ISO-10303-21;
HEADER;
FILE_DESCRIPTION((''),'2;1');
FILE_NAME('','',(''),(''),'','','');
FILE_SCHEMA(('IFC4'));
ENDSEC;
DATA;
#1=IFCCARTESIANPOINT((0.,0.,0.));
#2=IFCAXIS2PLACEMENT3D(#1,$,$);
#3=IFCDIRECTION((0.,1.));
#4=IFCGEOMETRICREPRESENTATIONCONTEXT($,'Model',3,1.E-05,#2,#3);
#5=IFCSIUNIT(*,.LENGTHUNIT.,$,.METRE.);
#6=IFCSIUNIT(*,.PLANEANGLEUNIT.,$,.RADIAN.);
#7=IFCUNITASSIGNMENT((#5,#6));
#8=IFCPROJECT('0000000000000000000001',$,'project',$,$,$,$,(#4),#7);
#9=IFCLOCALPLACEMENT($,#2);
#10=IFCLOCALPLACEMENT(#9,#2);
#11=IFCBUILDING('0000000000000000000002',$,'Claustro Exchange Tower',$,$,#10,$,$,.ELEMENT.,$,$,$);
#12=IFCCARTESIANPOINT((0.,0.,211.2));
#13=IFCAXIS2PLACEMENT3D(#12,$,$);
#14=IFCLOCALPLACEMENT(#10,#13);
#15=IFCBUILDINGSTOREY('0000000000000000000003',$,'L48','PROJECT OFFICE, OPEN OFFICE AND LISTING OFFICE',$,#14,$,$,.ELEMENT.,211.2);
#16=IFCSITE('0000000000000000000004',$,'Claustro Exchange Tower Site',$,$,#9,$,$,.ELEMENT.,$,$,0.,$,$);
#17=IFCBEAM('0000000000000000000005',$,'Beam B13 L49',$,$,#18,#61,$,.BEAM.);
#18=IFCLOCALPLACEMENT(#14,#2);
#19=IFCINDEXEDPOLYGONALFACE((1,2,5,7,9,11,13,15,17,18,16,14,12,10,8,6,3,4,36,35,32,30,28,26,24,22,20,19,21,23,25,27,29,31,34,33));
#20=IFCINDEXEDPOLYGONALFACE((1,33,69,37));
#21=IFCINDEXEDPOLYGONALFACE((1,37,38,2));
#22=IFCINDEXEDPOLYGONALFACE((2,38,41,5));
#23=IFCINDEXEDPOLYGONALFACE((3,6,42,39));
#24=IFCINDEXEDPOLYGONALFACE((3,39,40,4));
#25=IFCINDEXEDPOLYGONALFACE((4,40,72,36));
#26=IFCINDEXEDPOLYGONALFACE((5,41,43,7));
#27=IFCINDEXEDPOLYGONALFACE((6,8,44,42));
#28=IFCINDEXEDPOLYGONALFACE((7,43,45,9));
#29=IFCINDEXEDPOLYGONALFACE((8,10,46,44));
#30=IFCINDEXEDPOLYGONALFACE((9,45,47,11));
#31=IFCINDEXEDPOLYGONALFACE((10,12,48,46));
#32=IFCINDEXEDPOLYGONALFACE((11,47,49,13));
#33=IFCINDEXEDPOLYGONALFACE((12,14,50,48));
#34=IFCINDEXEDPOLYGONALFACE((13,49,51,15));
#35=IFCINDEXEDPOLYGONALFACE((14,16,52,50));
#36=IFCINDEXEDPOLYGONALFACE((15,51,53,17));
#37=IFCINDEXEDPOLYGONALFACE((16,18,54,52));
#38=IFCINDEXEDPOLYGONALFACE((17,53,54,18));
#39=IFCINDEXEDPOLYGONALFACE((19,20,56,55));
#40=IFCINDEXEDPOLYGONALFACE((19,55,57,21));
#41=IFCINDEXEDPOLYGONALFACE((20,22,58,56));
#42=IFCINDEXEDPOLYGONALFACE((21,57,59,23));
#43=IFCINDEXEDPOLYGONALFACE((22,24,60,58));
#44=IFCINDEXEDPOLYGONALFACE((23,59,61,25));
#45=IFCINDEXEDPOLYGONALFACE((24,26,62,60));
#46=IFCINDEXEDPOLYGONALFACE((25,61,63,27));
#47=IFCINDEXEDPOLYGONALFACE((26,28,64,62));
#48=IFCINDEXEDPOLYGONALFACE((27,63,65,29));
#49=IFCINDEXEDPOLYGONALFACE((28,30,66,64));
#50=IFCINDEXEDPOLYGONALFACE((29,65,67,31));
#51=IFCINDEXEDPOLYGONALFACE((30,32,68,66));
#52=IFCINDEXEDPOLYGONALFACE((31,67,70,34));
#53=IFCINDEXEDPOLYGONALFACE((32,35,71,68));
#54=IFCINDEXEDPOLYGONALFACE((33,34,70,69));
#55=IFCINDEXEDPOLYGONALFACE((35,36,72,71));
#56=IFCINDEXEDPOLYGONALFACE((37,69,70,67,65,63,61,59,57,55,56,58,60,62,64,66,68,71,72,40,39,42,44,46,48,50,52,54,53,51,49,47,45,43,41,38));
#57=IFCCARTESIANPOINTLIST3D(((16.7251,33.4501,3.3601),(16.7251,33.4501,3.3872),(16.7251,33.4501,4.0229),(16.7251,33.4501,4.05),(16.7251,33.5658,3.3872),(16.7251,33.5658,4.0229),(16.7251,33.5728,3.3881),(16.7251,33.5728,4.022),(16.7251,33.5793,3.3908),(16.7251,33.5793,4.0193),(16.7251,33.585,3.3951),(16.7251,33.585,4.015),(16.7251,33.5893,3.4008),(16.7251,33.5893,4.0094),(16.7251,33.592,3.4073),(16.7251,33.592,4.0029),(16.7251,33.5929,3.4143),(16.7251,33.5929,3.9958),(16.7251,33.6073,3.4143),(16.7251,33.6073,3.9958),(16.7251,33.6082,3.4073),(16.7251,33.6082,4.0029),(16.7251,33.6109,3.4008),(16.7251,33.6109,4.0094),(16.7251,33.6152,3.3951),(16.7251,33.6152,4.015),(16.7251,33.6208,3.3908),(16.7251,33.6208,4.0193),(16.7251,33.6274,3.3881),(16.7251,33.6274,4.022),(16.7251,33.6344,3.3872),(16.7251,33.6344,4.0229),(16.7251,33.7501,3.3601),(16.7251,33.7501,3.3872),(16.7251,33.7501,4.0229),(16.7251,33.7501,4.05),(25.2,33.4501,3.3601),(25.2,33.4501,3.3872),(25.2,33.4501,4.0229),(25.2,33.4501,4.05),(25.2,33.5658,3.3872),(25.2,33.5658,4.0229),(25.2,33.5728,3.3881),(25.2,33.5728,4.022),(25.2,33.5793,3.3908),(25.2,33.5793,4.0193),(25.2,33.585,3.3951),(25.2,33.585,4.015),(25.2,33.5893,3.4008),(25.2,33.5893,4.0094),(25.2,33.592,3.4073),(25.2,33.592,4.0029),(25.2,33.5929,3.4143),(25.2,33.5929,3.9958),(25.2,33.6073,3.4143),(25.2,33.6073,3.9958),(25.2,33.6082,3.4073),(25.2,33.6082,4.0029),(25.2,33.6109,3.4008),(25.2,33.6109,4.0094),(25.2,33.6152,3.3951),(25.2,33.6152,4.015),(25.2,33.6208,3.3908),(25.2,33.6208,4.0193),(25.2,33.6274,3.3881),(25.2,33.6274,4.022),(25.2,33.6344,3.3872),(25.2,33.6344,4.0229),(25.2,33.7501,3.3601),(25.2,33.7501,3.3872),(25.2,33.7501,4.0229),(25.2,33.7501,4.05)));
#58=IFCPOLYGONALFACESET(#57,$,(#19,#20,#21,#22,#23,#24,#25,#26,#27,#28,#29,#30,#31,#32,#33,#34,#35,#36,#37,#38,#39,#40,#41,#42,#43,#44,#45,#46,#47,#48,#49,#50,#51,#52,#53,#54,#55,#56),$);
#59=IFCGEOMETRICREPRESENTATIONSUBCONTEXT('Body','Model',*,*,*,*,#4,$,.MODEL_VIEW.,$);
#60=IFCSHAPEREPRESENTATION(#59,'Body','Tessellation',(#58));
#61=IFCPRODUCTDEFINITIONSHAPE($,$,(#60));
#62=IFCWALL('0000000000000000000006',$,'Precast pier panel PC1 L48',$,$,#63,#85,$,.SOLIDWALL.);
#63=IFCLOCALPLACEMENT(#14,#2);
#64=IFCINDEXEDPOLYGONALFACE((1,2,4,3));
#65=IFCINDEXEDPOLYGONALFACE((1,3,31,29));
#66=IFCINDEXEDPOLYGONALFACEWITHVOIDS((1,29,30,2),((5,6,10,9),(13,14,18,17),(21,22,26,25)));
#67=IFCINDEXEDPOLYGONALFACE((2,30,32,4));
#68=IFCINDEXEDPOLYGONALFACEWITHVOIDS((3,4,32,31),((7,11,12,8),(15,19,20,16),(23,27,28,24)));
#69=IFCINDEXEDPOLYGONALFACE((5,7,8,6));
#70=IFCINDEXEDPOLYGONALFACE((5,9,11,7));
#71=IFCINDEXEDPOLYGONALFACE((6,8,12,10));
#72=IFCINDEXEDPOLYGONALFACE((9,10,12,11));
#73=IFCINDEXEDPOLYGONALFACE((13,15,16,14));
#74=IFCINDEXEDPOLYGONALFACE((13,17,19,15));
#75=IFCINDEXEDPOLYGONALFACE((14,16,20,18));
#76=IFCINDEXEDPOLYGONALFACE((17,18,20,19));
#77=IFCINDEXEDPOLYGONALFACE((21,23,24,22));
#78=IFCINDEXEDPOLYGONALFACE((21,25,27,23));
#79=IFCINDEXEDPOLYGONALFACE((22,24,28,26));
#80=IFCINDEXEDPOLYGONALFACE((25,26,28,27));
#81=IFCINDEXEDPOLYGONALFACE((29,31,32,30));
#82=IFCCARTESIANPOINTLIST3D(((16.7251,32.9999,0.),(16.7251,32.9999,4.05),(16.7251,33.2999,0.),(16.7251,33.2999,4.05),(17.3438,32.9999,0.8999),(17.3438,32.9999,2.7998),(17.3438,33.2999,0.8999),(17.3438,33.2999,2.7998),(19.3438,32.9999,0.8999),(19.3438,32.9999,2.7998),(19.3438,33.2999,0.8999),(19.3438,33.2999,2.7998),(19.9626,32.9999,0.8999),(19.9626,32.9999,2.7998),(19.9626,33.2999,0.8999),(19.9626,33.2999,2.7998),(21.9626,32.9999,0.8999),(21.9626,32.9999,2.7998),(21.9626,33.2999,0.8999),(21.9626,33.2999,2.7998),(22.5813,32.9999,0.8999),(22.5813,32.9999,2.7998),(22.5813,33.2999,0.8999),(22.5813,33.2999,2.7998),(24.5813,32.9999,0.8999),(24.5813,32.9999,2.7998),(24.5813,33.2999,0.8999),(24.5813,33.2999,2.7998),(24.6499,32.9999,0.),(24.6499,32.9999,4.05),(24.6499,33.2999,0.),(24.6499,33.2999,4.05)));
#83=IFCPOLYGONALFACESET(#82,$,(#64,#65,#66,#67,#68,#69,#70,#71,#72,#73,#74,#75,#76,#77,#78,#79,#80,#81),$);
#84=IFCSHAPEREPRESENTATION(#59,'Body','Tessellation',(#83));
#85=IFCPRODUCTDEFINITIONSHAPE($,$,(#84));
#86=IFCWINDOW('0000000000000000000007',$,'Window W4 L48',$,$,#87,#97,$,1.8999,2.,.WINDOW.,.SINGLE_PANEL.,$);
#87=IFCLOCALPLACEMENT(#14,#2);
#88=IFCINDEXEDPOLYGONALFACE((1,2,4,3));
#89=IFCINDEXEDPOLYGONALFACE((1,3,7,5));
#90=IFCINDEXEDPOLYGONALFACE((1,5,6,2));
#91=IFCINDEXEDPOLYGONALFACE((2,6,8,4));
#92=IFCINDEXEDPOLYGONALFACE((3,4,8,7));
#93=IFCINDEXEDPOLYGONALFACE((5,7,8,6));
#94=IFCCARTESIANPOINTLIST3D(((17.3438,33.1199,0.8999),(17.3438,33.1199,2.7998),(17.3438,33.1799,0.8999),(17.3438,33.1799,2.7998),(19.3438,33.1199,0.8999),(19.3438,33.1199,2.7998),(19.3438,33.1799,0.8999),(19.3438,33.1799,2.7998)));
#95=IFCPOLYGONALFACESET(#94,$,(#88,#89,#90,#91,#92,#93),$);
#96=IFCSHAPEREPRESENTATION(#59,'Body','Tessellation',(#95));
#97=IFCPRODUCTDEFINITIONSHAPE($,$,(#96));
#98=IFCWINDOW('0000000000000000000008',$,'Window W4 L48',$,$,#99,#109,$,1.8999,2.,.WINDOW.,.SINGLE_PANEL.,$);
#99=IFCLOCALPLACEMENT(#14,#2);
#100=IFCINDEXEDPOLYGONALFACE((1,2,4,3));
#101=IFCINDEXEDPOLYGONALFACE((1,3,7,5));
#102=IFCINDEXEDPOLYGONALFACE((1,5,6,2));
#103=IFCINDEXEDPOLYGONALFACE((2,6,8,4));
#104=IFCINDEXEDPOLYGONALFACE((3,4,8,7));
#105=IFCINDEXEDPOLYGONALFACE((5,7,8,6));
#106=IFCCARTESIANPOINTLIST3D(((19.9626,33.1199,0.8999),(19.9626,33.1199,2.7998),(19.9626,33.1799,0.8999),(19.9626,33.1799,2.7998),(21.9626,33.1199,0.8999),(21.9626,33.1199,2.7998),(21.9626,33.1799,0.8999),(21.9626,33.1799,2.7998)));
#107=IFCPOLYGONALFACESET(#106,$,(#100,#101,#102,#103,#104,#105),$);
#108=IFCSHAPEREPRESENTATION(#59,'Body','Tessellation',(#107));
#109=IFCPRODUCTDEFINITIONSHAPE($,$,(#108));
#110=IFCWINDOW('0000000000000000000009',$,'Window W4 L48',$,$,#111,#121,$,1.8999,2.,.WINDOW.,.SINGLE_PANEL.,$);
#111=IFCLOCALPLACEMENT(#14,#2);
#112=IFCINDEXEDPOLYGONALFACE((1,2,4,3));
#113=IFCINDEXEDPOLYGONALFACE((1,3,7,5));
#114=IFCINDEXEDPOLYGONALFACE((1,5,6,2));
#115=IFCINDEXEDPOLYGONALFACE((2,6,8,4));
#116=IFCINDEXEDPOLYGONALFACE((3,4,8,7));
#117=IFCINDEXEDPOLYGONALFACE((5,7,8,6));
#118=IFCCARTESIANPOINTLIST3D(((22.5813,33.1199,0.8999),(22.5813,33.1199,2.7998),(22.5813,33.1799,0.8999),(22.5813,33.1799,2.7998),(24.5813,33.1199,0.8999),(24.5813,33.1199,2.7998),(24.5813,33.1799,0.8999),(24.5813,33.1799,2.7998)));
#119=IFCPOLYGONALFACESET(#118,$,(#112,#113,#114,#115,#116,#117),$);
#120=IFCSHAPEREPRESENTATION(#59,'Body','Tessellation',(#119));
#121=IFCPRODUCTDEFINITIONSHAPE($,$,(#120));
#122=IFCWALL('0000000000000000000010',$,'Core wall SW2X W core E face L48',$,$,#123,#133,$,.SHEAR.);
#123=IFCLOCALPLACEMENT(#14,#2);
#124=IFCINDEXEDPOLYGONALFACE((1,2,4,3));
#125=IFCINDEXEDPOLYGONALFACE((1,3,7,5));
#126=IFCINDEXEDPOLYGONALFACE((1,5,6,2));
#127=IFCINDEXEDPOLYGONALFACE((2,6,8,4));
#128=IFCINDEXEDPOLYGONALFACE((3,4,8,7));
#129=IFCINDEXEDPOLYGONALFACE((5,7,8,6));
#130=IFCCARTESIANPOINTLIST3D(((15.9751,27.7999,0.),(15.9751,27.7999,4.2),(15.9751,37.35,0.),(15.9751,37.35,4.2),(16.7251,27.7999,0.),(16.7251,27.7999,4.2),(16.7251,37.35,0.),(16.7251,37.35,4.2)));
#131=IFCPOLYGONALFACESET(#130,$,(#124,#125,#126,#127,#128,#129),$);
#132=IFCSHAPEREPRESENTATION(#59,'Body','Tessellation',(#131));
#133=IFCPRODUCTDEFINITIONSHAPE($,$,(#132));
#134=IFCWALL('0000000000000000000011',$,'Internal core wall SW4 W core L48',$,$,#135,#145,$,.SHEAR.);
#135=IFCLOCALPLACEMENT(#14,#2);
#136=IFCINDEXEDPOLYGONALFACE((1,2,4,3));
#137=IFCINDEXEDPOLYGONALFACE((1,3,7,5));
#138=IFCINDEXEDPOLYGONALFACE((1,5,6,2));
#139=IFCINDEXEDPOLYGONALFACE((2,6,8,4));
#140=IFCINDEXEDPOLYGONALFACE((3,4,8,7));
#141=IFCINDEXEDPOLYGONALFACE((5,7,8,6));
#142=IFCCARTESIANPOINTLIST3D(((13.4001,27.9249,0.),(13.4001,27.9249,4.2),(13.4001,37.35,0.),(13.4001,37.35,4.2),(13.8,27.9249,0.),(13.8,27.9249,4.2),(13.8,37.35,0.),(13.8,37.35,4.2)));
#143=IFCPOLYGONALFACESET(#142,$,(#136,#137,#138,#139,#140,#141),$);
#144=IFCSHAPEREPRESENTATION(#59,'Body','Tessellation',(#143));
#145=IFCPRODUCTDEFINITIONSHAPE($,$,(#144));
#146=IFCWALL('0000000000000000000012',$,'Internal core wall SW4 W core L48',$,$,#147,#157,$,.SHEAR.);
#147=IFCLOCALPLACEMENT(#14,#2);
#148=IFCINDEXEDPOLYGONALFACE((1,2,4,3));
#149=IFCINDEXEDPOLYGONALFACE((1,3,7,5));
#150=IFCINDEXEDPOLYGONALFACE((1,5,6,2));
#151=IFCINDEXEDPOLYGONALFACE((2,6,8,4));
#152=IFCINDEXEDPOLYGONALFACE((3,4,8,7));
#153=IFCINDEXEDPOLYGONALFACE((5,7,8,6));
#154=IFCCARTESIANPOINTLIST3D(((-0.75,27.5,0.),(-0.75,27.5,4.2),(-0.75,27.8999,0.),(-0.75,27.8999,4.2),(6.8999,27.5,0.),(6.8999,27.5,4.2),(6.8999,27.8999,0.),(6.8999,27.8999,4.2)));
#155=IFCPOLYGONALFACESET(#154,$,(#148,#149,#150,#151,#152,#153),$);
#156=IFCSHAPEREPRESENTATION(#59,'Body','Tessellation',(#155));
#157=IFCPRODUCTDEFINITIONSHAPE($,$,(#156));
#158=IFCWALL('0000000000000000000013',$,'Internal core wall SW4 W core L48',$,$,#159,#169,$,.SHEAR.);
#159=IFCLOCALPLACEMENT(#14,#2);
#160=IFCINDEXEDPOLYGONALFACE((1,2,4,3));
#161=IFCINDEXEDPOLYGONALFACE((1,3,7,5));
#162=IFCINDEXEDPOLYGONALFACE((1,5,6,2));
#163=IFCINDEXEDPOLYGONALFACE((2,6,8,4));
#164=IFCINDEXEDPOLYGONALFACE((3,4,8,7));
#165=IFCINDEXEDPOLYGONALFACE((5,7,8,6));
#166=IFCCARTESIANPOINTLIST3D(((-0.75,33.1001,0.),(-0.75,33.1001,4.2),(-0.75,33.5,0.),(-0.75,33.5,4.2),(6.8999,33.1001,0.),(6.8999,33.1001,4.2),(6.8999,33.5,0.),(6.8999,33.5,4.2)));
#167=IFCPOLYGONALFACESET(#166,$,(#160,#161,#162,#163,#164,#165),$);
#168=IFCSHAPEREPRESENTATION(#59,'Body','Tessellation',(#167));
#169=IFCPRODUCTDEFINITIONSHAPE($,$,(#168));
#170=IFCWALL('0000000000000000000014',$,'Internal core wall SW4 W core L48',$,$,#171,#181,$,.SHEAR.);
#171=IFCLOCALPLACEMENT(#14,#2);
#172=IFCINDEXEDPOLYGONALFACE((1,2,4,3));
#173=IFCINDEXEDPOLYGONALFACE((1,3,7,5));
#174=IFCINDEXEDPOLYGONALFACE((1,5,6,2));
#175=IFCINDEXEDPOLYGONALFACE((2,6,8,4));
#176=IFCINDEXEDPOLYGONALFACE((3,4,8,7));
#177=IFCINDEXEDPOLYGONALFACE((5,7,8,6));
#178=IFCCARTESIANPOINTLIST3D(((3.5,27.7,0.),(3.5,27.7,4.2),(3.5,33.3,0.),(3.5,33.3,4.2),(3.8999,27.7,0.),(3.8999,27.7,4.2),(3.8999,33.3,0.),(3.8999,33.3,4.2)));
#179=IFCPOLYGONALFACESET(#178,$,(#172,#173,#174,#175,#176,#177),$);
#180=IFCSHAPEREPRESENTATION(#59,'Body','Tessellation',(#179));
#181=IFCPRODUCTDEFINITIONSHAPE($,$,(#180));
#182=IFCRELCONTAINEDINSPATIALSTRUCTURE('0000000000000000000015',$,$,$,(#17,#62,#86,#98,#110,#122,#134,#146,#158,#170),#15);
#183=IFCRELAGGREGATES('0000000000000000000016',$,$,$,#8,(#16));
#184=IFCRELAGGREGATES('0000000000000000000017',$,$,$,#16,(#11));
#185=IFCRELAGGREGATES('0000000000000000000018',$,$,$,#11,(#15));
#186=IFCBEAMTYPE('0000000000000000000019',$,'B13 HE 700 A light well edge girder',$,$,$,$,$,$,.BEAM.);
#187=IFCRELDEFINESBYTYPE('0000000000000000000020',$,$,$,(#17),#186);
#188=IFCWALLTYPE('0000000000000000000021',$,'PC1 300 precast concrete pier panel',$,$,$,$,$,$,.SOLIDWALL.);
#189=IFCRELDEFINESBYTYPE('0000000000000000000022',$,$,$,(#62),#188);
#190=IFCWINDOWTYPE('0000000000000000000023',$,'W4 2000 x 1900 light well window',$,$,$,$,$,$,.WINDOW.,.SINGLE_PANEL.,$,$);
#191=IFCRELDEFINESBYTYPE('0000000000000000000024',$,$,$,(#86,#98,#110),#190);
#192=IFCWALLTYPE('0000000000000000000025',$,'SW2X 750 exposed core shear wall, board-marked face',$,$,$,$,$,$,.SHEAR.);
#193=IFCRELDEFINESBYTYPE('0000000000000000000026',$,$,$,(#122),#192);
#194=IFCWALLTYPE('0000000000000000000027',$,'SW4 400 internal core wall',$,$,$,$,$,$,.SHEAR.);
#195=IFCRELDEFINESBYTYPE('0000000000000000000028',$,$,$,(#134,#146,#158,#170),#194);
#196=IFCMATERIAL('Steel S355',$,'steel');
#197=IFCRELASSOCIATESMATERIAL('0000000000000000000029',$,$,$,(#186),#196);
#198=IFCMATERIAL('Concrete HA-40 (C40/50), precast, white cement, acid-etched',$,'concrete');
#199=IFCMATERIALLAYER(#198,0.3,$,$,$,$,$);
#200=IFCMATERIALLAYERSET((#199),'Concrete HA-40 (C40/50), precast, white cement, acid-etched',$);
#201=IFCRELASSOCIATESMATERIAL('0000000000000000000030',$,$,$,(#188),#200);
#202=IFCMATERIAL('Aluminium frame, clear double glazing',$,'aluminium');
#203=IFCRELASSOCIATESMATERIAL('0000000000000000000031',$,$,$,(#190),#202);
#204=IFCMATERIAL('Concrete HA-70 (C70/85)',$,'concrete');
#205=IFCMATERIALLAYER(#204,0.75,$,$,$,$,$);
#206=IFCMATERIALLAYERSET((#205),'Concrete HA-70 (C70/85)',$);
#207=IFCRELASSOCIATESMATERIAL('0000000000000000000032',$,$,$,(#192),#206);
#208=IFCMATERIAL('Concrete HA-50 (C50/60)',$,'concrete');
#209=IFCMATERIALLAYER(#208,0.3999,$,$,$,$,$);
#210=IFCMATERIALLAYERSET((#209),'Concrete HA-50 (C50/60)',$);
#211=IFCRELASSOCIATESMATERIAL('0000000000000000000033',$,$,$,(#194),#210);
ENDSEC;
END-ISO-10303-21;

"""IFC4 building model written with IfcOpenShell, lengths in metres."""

from ifc_helpers import new_model, si_unit, direction, frame, frame_2d, origin, origin_2d, place, context, subcontext, project, spatial, rectangle, i_section, extrude, material, layer, layer_set, material_profile, profile_set, type_object, element, fill, save


model = new_model("IFC4")

# Units and contexts
model_context = context("Model", 3, precision=1e-05, world=origin(), true_north=direction((0.0, 1.0)))
body_context = subcontext(model_context, "Body", "Model", "MODEL_VIEW")
ifc_project = project(units=[si_unit("LENGTHUNIT", "METRE"), si_unit("PLANEANGLEUNIT", "RADIAN")], contexts=[model_context])

# Site, building, storey
site_placement = place(None, origin())
site = spatial("IfcSite", under=ifc_project, at=site_placement, Name="Claustro Exchange Tower Site", CompositionType="ELEMENT", RefElevation=0.0)
building_placement = place(site_placement, origin())
building = spatial("IfcBuilding", under=site, at=building_placement, Name="Claustro Exchange Tower", CompositionType="ELEMENT")
storey_placement = place(building_placement, frame((0.0, 0.0, 211.2)))
storey = spatial("IfcBuildingStorey", under=building, at=storey_placement, Name="L48", Description="PROJECT OFFICE, OPEN OFFICE AND LISTING OFFICE", CompositionType="ELEMENT", Elevation=211.2)

# Beam
ifc_material_1 = material(Name="Steel S355", Category="steel")
ifc_material_profile = material_profile(ifc_material_1, i_section(OverallWidth=0.3, OverallDepth=0.6899, WebThickness=0.0144, FlangeThickness=0.0271, FilletRadius=0.0271, at=origin_2d()), Name="HE 700 A")
ifc_profile_set = profile_set([ifc_material_profile], Name="Steel S355")
beam_type = type_object("IfcBeamType", Name="B13 HE 700 A light well edge girder", PredefinedType="BEAM", material=ifc_profile_set)
beam_placement = place(storey_placement, frame((16.7251, 33.6001, 3.7051), z_axis=(1.0, 0.0, 0.0), x_axis=(0.0, 1.0, 0.0)))
element("IfcBeam", 1, at=beam_placement, inside=storey, type_object=beam_type, Name="Beam B13 L49", PredefinedType="BEAM", context=body_context, shape_type="SweptSolid", body=[
    extrude(i_section(OverallWidth=0.3, OverallDepth=0.6899, WebThickness=0.0144, FlangeThickness=0.0271, FilletRadius=0.0271, at=origin_2d()), origin(), (0.0, 0.0, 1.0), 8.4749),
])

# Wall, openings, windows
ifc_material_2 = material(Name="Concrete HA-40 (C40/50), precast, white cement, acid-etched", Category="concrete")
ifc_layer_1 = layer(ifc_material_2, 0.3)
ifc_layer_set_1 = layer_set([ifc_layer_1], Name="Concrete HA-40 (C40/50), precast, white cement, acid-etched")
wall_type_1 = type_object("IfcWallType", Name="PC1 300 precast concrete pier panel", PredefinedType="SOLIDWALL", material=ifc_layer_set_1)
wall_1_placement = place(storey_placement, frame((16.7251, 33.1499, 0.0), z_axis=(0.0, 0.0, 1.0), x_axis=(1.0, 0.0, 0.0)))
wall_1 = element("IfcWall", 2, at=wall_1_placement, inside=storey, type_object=wall_type_1, Name="Precast pier panel PC1 L48", PredefinedType="SOLIDWALL", context=body_context, shape_type="SweptSolid", body=[
    extrude(rectangle(XDim=7.9248, YDim=0.3, at=frame_2d((3.9624, 0.0))), origin(), (0.0, 0.0, 1.0), 4.05),
])
opening_1_placement = place(wall_1_placement, frame((0.6187, 0.0, 0.8999)))
opening_1 = element("IfcOpeningElement", 3, at=opening_1_placement, cuts=wall_1, PredefinedType="OPENING", context=body_context, shape_type="SweptSolid", body=[
    extrude(rectangle(XDim=2.0, YDim=1.8999, at=frame_2d((1.0, 0.95))), frame((0.0, 0.1599, 0.0), z_axis=(0.0, -1.0, 0.0), x_axis=(1.0, 0.0, 0.0)), (0.0, 0.0, 1.0), 0.3201),
])
opening_2_placement = place(wall_1_placement, frame((3.2375, 0.0, 0.8999)))
opening_2 = element("IfcOpeningElement", 4, at=opening_2_placement, cuts=wall_1, PredefinedType="OPENING", context=body_context, shape_type="SweptSolid", body=[
    extrude(rectangle(XDim=2.0, YDim=1.8999, at=frame_2d((1.0, 0.95))), frame((0.0, 0.1599, 0.0), z_axis=(0.0, -1.0, 0.0), x_axis=(1.0, 0.0, 0.0)), (0.0, 0.0, 1.0), 0.3201),
])
opening_3_placement = place(wall_1_placement, frame((5.8562, 0.0, 0.8999)))
opening_3 = element("IfcOpeningElement", 5, at=opening_3_placement, cuts=wall_1, PredefinedType="OPENING", context=body_context, shape_type="SweptSolid", body=[
    extrude(rectangle(XDim=2.0, YDim=1.8999, at=frame_2d((1.0, 0.95))), frame((0.0, 0.1599, 0.0), z_axis=(0.0, -1.0, 0.0), x_axis=(1.0, 0.0, 0.0)), (0.0, 0.0, 1.0), 0.3201),
])
ifc_material_3 = material(Name="Aluminium frame, clear double glazing", Category="aluminium")
window_type = type_object("IfcWindowType", Name="W4 2000 x 1900 light well window", PartitioningType="SINGLE_PANEL", PredefinedType="WINDOW", material=ifc_material_3)
window_1_placement = place(opening_1_placement, origin())
window_1 = element("IfcWindow", 6, at=window_1_placement, inside=storey, type_object=window_type, Name="Window W4 L48", OverallHeight=1.8999, OverallWidth=2.0, PartitioningType="SINGLE_PANEL", PredefinedType="WINDOW", context=body_context, shape_type="SweptSolid", body=[
    extrude(rectangle(XDim=2.0, YDim=1.8999, at=frame_2d((1.0, 0.95))), frame((0.0, 0.03, 0.0), z_axis=(0.0, -1.0, 0.0), x_axis=(1.0, 0.0, 0.0)), (0.0, 0.0, 1.0), 0.0601),
])
fill(opening_1, window_1)
window_2_placement = place(opening_2_placement, origin())
window_2 = element("IfcWindow", 7, at=window_2_placement, inside=storey, type_object=window_type, Name="Window W4 L48", OverallHeight=1.8999, OverallWidth=2.0, PartitioningType="SINGLE_PANEL", PredefinedType="WINDOW", context=body_context, shape_type="SweptSolid", body=[
    extrude(rectangle(XDim=2.0, YDim=1.8999, at=frame_2d((1.0, 0.95))), frame((0.0, 0.03, 0.0), z_axis=(0.0, -1.0, 0.0), x_axis=(1.0, 0.0, 0.0)), (0.0, 0.0, 1.0), 0.0601),
])
fill(opening_2, window_2)
window_3_placement = place(opening_3_placement, origin())
window_3 = element("IfcWindow", 8, at=window_3_placement, inside=storey, type_object=window_type, Name="Window W4 L48", OverallHeight=1.8999, OverallWidth=2.0, PartitioningType="SINGLE_PANEL", PredefinedType="WINDOW", context=body_context, shape_type="SweptSolid", body=[
    extrude(rectangle(XDim=2.0, YDim=1.8999, at=frame_2d((1.0, 0.95))), frame((0.0, 0.03, 0.0), z_axis=(0.0, -1.0, 0.0), x_axis=(1.0, 0.0, 0.0)), (0.0, 0.0, 1.0), 0.0601),
])
fill(opening_3, window_3)

# Walls
ifc_material_4 = material(Name="Concrete HA-70 (C70/85)", Category="concrete")
ifc_layer_2 = layer(ifc_material_4, 0.75)
ifc_layer_set_2 = layer_set([ifc_layer_2], Name="Concrete HA-70 (C70/85)")
wall_type_2 = type_object("IfcWallType", Name="SW2X 750 exposed core shear wall, board-marked face", PredefinedType="SHEAR", material=ifc_layer_set_2)
wall_2_placement = place(storey_placement, frame((16.3501, 27.8, 0.0), z_axis=(0.0, 0.0, 1.0), x_axis=(0.0, 1.0, 0.0)))
element("IfcWall", 9, at=wall_2_placement, inside=storey, type_object=wall_type_2, Name="Core wall SW2X W core E face L48", PredefinedType="SHEAR", context=body_context, shape_type="SweptSolid", body=[
    extrude(rectangle(XDim=9.55, YDim=0.75, at=frame_2d((4.7749, 0.0))), origin(), (0.0, 0.0, 1.0), 4.2),
])
ifc_material_5 = material(Name="Concrete HA-50 (C50/60)", Category="concrete")
ifc_layer_3 = layer(ifc_material_5, 0.3999)
ifc_layer_set_3 = layer_set([ifc_layer_3], Name="Concrete HA-50 (C50/60)")
wall_type_3 = type_object("IfcWallType", Name="SW4 400 internal core wall", PredefinedType="SHEAR", material=ifc_layer_set_3)
wall_3_placement = place(storey_placement, frame((13.6001, 27.925, 0.0), z_axis=(0.0, 0.0, 1.0), x_axis=(0.0, 1.0, 0.0)))
element("IfcWall", 10, at=wall_3_placement, inside=storey, type_object=wall_type_3, Name="Internal core wall SW4 W core L48", PredefinedType="SHEAR", context=body_context, shape_type="SweptSolid", body=[
    extrude(rectangle(XDim=9.425, YDim=0.3999, at=frame_2d((4.7124, 0.0))), origin(), (0.0, 0.0, 1.0), 4.2),
])
for number, where, z_axis, x_axis, name in (
    (11, (-0.75, 27.7, 0.0), (0.0, 0.0, 1.0), (1.0, 0.0, 0.0), "Internal core wall SW4 W core L48"),
    (12, (-0.75, 33.3, 0.0), (0.0, 0.0, 1.0), (1.0, 0.0, 0.0), "Internal core wall SW4 W core L48"),
):
    element("IfcWall", number, at=place(storey_placement, frame(where, z_axis=z_axis, x_axis=x_axis)), inside=storey, type_object=wall_type_3, Name=name, PredefinedType="SHEAR", context=body_context, shape_type="SweptSolid", body=[
        extrude(rectangle(XDim=7.6499, YDim=0.3999, at=frame_2d((3.825, 0.0))), origin(), (0.0, 0.0, 1.0), 4.2),
    ])
wall_4_placement = place(storey_placement, frame((3.7, 27.7, 0.0), z_axis=(0.0, 0.0, 1.0), x_axis=(0.0, 1.0, 0.0)))
element("IfcWall", 13, at=wall_4_placement, inside=storey, type_object=wall_type_3, Name="Internal core wall SW4 W core L48", PredefinedType="SHEAR", context=body_context, shape_type="SweptSolid", body=[
    extrude(rectangle(XDim=5.6001, YDim=0.3999, at=frame_2d((2.8, 0.0))), origin(), (0.0, 0.0, 1.0), 4.2),
])

save(model, "model.ifc")
